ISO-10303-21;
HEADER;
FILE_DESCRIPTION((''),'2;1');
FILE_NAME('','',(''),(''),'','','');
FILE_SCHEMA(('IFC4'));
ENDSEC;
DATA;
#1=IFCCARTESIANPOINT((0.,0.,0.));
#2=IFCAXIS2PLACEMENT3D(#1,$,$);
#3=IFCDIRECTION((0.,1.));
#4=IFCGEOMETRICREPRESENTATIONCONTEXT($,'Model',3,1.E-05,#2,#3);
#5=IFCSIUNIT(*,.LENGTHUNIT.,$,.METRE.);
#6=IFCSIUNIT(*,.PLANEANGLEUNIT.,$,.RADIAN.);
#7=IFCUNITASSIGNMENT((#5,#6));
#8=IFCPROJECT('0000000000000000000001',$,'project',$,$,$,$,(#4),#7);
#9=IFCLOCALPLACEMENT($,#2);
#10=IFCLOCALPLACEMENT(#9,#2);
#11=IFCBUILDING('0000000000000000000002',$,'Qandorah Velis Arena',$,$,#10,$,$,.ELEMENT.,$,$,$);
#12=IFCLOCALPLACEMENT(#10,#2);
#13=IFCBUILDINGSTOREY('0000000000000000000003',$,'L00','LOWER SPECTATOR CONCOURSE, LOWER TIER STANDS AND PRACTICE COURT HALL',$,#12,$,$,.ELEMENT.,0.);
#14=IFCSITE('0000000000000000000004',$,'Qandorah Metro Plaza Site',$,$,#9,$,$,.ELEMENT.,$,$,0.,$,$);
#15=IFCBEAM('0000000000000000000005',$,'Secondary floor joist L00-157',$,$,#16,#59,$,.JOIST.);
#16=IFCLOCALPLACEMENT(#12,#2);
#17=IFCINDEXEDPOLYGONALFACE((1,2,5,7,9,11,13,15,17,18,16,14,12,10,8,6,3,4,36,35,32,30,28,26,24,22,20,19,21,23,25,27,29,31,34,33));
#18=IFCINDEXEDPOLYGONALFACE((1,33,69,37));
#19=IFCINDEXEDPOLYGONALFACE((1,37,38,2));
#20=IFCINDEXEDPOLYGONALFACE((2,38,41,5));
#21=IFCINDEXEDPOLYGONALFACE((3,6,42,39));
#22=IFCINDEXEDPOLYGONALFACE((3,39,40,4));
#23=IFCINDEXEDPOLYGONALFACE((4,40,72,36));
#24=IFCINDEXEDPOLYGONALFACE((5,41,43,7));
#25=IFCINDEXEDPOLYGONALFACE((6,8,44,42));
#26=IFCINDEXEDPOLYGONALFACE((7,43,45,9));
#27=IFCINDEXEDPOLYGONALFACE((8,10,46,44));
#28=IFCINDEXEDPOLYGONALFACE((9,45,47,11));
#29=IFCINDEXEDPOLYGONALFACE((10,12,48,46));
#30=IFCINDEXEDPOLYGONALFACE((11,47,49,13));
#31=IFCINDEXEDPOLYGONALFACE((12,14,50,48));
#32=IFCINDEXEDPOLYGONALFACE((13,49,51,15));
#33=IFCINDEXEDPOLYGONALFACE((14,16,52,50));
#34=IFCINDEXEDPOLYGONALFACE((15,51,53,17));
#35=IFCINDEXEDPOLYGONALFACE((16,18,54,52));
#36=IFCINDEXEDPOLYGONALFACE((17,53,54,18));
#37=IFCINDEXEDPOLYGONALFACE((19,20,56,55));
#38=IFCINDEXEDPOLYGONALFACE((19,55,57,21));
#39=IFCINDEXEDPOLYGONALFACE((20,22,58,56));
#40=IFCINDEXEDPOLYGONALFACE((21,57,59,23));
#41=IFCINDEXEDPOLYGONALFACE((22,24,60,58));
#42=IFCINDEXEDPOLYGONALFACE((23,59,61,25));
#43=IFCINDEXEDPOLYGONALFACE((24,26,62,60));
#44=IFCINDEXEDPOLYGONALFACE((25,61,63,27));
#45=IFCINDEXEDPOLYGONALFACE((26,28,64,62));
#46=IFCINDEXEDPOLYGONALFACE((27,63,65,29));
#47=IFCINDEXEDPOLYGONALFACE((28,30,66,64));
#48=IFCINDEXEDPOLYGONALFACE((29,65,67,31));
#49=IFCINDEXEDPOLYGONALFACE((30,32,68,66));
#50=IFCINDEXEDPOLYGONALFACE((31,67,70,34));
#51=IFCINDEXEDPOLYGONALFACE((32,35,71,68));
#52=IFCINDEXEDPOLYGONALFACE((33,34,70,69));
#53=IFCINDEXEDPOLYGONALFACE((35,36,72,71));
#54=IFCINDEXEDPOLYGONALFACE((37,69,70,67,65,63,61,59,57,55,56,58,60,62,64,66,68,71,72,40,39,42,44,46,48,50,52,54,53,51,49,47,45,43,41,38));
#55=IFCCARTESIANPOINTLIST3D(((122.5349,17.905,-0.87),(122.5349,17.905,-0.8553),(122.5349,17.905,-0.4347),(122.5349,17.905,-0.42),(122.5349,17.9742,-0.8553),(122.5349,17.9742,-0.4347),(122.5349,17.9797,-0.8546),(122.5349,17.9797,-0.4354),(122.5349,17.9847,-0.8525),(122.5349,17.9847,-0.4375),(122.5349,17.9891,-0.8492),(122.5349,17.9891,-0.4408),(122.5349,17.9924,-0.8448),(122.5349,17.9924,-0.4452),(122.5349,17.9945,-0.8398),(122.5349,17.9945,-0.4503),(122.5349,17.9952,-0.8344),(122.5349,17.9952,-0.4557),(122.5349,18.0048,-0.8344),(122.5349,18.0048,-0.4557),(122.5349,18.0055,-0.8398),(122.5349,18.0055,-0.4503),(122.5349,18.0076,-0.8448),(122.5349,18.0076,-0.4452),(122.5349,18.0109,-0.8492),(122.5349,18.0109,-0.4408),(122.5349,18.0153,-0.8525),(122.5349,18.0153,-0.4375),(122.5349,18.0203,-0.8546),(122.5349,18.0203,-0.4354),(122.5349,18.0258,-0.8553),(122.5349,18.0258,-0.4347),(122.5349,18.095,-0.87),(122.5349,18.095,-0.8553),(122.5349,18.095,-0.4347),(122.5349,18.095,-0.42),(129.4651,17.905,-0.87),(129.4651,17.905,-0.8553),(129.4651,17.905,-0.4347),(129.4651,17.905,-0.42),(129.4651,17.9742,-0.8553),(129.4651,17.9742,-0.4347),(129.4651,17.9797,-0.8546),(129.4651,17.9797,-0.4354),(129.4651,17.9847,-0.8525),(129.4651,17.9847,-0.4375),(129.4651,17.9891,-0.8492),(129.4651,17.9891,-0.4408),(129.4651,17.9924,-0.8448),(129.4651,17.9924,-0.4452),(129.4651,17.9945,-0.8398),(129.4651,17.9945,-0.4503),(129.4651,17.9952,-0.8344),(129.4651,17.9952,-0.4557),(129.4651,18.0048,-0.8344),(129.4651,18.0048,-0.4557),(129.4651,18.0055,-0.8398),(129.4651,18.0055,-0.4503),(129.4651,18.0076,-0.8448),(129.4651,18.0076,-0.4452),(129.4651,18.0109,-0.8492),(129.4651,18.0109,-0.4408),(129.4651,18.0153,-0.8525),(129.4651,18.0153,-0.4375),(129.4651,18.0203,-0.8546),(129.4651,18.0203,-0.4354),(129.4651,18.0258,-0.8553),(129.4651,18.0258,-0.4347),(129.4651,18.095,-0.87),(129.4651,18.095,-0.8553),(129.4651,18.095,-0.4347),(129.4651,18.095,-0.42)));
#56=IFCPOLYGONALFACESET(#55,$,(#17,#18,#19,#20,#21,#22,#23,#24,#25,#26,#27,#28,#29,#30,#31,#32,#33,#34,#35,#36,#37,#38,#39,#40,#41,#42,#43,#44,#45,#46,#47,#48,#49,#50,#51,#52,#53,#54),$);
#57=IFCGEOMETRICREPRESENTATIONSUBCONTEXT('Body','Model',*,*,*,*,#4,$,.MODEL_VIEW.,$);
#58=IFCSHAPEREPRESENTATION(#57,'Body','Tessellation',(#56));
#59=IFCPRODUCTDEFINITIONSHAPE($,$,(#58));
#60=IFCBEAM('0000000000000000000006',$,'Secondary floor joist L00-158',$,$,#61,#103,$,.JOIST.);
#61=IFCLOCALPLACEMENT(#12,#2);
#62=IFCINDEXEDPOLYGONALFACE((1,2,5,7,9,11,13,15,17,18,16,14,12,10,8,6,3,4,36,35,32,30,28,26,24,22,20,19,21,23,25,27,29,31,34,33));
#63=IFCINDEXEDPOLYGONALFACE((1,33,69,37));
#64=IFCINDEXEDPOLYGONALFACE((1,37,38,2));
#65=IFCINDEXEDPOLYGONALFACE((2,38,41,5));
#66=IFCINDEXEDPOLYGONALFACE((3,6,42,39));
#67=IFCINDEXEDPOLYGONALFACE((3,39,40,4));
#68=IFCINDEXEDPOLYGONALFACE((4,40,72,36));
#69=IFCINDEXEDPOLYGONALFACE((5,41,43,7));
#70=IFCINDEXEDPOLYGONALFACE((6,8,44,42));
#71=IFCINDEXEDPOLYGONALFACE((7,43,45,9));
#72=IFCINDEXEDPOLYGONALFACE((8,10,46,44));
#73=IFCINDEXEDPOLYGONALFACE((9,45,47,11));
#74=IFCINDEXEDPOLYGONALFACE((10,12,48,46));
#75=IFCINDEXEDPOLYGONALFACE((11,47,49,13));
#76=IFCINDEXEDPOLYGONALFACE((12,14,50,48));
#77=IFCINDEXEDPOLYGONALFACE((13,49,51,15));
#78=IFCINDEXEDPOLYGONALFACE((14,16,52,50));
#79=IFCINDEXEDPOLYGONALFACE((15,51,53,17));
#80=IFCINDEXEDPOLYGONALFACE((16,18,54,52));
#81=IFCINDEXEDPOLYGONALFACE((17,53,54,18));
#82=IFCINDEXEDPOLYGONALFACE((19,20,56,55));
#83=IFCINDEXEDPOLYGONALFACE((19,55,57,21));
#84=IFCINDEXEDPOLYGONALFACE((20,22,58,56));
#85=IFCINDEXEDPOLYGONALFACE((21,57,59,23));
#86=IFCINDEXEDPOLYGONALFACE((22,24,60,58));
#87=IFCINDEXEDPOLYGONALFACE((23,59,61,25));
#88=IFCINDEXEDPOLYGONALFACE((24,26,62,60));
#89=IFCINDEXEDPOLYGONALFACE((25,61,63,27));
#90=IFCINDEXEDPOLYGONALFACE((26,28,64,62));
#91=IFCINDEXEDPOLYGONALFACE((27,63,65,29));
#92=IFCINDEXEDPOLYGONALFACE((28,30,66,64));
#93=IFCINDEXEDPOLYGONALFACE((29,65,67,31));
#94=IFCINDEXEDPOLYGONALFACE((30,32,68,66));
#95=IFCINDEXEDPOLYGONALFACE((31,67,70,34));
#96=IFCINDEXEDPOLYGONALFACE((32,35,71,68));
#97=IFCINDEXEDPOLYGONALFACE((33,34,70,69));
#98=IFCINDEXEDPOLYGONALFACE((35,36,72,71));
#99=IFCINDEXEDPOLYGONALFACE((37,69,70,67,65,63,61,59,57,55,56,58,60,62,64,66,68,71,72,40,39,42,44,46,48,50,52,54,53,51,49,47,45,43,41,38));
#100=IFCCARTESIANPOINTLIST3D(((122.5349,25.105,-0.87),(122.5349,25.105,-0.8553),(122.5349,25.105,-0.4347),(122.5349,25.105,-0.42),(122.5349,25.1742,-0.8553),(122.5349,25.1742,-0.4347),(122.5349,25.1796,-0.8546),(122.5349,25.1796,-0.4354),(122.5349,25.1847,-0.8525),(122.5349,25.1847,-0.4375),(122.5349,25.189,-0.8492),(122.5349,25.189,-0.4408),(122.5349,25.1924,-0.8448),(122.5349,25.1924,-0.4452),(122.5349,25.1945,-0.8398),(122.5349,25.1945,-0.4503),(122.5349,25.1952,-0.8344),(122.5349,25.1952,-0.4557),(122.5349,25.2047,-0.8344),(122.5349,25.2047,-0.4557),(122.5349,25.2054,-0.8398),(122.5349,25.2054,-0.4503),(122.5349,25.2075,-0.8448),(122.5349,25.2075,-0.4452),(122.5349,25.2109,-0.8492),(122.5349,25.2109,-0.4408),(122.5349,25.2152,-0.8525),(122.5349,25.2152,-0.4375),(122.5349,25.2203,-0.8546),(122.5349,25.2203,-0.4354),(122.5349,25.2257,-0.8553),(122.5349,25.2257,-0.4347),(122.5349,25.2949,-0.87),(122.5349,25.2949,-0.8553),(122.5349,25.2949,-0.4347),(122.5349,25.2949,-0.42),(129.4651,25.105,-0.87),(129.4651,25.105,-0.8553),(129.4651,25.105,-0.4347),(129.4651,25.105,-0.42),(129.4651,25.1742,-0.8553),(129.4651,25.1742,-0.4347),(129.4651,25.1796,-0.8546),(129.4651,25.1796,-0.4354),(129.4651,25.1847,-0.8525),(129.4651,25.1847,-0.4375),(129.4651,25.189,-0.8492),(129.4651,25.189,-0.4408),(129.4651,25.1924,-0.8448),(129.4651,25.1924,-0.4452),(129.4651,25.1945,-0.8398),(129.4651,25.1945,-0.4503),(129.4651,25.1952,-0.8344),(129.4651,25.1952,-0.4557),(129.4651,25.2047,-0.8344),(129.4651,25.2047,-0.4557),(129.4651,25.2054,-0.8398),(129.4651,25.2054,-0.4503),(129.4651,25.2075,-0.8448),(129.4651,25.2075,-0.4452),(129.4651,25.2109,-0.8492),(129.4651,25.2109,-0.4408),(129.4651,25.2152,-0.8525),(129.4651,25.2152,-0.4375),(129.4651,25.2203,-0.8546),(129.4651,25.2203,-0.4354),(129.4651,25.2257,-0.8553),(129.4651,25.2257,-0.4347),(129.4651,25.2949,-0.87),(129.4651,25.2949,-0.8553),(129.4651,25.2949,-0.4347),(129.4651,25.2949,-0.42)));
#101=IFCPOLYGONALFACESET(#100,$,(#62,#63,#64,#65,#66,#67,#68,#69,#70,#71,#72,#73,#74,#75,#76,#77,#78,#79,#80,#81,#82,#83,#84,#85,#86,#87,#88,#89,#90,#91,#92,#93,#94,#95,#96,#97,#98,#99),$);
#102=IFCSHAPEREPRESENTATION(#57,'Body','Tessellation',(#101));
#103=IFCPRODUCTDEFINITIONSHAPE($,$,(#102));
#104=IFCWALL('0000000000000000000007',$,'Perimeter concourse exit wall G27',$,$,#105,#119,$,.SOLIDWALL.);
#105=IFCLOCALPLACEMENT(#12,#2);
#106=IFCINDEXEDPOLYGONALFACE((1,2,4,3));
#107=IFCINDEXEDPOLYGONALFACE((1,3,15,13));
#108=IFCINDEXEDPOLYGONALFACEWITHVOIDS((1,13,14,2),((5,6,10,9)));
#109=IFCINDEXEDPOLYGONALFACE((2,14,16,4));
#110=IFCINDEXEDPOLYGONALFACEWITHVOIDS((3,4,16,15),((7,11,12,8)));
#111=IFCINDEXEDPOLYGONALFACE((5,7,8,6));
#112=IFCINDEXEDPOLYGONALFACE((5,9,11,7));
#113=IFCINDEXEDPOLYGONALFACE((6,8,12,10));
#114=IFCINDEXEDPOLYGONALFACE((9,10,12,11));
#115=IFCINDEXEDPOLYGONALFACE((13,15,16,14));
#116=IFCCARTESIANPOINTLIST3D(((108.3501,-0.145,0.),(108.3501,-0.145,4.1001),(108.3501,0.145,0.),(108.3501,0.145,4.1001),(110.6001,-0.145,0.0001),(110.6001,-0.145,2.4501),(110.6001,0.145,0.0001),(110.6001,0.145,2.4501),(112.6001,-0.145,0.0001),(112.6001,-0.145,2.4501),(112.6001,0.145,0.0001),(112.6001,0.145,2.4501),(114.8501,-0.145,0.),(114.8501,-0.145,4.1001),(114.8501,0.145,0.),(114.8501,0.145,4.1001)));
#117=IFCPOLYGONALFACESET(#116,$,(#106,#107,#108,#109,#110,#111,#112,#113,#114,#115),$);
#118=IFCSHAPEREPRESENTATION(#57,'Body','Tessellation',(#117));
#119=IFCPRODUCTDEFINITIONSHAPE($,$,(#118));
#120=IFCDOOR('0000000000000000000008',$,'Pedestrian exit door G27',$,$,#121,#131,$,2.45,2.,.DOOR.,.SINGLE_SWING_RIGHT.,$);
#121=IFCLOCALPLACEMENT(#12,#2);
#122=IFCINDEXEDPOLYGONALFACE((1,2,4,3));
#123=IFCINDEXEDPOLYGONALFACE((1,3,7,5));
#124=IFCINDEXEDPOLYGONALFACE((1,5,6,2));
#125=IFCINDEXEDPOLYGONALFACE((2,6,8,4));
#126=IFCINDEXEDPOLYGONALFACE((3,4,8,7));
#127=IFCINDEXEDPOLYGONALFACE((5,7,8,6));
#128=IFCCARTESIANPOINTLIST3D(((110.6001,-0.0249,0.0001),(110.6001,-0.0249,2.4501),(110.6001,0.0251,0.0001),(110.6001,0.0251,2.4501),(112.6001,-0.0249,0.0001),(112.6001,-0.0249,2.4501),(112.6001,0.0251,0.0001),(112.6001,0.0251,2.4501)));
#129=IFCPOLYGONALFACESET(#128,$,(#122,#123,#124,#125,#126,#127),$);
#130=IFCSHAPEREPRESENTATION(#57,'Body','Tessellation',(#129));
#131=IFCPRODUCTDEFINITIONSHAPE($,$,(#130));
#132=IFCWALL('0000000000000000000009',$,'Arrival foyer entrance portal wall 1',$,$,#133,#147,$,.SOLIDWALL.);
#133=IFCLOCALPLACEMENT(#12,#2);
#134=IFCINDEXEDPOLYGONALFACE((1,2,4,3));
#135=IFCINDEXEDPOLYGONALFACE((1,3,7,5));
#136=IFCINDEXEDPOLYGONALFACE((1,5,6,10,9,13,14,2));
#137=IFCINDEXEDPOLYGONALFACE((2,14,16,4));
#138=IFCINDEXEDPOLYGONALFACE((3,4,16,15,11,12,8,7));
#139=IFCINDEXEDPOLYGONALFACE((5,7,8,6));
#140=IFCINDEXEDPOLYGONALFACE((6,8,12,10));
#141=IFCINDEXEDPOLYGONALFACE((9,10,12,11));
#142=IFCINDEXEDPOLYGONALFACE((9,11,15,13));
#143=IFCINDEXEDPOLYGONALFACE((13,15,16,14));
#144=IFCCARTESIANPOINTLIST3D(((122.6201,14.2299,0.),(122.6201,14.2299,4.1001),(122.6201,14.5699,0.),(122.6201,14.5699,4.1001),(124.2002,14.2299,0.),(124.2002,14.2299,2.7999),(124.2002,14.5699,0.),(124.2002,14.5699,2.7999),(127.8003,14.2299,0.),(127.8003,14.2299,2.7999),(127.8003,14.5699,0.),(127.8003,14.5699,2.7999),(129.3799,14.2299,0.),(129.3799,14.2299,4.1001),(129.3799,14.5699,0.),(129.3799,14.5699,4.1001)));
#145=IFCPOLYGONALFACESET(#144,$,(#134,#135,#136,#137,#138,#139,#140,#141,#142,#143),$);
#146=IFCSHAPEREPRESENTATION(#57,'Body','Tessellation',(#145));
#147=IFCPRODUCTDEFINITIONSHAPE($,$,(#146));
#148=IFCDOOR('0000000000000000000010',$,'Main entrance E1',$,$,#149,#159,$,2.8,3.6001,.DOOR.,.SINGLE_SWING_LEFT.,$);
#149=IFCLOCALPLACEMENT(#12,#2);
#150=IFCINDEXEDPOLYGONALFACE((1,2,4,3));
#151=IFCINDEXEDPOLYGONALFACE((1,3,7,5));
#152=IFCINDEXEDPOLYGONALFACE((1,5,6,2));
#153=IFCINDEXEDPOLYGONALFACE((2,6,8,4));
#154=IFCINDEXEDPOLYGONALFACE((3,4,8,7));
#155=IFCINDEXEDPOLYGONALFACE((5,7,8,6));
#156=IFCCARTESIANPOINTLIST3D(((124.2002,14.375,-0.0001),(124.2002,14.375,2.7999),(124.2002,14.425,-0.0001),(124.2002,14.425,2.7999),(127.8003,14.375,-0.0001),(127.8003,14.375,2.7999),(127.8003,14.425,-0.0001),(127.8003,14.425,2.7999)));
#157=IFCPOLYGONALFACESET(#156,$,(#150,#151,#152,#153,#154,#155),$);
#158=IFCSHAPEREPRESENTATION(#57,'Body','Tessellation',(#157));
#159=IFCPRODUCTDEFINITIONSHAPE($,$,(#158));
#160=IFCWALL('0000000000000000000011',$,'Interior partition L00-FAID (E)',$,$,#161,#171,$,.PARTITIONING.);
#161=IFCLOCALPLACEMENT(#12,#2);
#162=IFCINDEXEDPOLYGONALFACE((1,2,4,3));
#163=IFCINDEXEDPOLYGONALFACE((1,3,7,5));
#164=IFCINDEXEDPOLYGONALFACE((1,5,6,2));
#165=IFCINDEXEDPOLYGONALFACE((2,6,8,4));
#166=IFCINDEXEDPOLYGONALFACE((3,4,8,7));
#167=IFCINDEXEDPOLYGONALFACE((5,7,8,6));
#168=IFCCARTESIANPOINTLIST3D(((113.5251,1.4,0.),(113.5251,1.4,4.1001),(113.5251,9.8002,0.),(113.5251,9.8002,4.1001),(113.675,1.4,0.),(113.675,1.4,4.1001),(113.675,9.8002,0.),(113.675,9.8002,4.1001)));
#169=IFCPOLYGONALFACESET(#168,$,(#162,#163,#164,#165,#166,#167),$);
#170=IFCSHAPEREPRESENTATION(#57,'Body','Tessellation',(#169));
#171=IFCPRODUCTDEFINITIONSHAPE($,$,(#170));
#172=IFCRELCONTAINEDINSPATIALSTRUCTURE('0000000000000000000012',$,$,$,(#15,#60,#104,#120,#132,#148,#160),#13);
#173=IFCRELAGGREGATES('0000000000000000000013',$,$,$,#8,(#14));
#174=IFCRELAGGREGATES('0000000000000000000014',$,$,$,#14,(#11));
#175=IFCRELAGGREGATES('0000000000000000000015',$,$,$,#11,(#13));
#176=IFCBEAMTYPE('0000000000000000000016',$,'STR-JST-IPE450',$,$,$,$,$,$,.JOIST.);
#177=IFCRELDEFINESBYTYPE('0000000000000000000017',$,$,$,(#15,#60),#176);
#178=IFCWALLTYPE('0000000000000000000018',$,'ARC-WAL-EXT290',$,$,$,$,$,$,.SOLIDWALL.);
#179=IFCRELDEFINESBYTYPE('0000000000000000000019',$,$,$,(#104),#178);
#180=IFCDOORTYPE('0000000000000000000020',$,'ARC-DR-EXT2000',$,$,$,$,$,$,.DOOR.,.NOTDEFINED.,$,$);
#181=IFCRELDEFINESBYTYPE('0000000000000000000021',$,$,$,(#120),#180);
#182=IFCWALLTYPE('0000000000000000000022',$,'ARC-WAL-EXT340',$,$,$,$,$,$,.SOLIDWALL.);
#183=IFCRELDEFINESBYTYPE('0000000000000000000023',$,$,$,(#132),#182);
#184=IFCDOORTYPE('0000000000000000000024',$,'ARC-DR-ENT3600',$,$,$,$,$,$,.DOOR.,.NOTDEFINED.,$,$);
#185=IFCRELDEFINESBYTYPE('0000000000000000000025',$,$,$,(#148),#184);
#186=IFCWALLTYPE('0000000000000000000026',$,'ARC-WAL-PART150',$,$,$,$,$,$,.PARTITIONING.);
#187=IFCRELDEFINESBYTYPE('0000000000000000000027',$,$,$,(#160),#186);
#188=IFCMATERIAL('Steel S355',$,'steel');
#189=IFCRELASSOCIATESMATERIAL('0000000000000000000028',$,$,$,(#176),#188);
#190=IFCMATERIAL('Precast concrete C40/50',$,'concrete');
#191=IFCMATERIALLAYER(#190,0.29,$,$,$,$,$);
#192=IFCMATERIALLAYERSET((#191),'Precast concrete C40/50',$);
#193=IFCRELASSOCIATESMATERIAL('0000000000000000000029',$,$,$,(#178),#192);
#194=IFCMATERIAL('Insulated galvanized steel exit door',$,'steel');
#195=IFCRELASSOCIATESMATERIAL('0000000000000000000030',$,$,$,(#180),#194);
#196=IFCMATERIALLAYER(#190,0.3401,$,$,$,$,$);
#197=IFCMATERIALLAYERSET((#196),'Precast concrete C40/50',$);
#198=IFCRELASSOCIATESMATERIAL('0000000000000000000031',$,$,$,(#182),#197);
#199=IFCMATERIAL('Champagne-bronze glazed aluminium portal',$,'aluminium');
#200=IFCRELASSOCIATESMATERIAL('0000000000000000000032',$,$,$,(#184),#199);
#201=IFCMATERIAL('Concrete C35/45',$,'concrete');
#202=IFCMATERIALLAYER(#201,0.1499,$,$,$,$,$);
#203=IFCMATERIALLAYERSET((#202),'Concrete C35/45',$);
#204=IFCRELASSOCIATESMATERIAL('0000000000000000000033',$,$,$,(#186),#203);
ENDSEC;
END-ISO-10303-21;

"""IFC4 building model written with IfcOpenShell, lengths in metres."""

from ifc_helpers import new_model, si_unit, direction, frame, frame_2d, origin, origin_2d, place, context, subcontext, project, spatial, rectangle, i_section, extrude, material, layer, layer_set, material_profile, profile_set, type_object, element, fill, save


model = new_model("IFC4")

# Units and contexts
model_context = context("Model", 3, precision=1e-05, world=origin(), true_north=direction((0.0, 1.0)))
body_context = subcontext(model_context, "Body", "Model", "MODEL_VIEW")
ifc_project = project(units=[si_unit("LENGTHUNIT", "METRE"), si_unit("PLANEANGLEUNIT", "RADIAN")], contexts=[model_context])

# Site, building, storey
site_placement = place(None, origin())
site = spatial("IfcSite", under=ifc_project, at=site_placement, Name="Qandorah Metro Plaza Site", CompositionType="ELEMENT", RefElevation=0.0)
building_placement = place(site_placement, origin())
building = spatial("IfcBuilding", under=site, at=building_placement, Name="Qandorah Velis Arena", CompositionType="ELEMENT")
storey_placement = place(building_placement, origin())
storey = spatial("IfcBuildingStorey", under=building, at=storey_placement, Name="L00", Description="LOWER SPECTATOR CONCOURSE, LOWER TIER STANDS AND PRACTICE COURT HALL", CompositionType="ELEMENT", Elevation=0.0)

# Beams
ifc_material_1 = material(Name="Steel S355", Category="steel")
ifc_material_profile_1 = material_profile(ifc_material_1, i_section(OverallWidth=0.1899, OverallDepth=0.45, WebThickness=0.0095, FlangeThickness=0.0146, FilletRadius=0.021, at=origin_2d()), Name="IPE 450")
ifc_profile_set_1 = profile_set([ifc_material_profile_1], Name="Steel S355")
beam_type_1 = type_object("IfcBeamType", Name="STR-JST-IPE450", PredefinedType="JOIST", material=ifc_profile_set_1)
for number, where, z_axis, x_axis, name in (
    (1, (122.5349, 18.0, -0.645), (1.0, 0.0, 0.0), (0.0, 1.0, 0.0), "Secondary floor joist L00-157"),
    (2, (122.5349, 25.2, -0.645), (1.0, 0.0, 0.0), (0.0, 1.0, 0.0), "Secondary floor joist L00-158"),
):
    element("IfcBeam", number, at=place(storey_placement, frame(where, z_axis=z_axis, x_axis=x_axis)), inside=storey, type_object=beam_type_1, Name=name, PredefinedType="JOIST", context=body_context, shape_type="SweptSolid", body=[
        extrude(i_section(OverallWidth=0.1899, OverallDepth=0.45, WebThickness=0.0095, FlangeThickness=0.0146, FilletRadius=0.021, at=origin_2d()), origin(), (0.0, 0.0, 1.0), 6.9302),
    ])

# Walls, openings, doors
ifc_material_2 = material(Name="Precast concrete C40/50", Category="concrete")
ifc_layer_1 = layer(ifc_material_2, 0.29)
ifc_layer_set_1 = layer_set([ifc_layer_1], Name="Precast concrete C40/50")
wall_type_1 = type_object("IfcWallType", Name="ARC-WAL-EXT290", PredefinedType="SOLIDWALL", material=ifc_layer_set_1)
wall_1_placement = place(storey_placement, frame((108.3501, 0.0, 0.0), z_axis=(0.0, 0.0, 1.0), x_axis=(1.0, 0.0, 0.0)))
wall_1 = element("IfcWall", 3, at=wall_1_placement, inside=storey, type_object=wall_type_1, Name="Perimeter concourse exit wall G27", PredefinedType="SOLIDWALL", context=body_context, shape_type="SweptSolid", body=[
    extrude(rectangle(XDim=6.5, YDim=0.29, at=frame_2d((3.25, 0.0))), origin(), (0.0, 0.0, 1.0), 4.1001),
])
opening_1_placement = place(wall_1_placement, frame((2.25, 0.0, 0.0)))
opening_1 = element("IfcOpeningElement", 4, at=opening_1_placement, cuts=wall_1, PredefinedType="OPENING", context=body_context, shape_type="SweptSolid", body=[
    extrude(rectangle(XDim=2.0, YDim=2.45, at=frame_2d((1.0, 1.2251))), frame((0.0, 0.155, 0.0), z_axis=(0.0, -1.0, 0.0), x_axis=(1.0, 0.0, 0.0)), (0.0, 0.0, 1.0), 0.3101),
])
ifc_material_3 = material(Name="Insulated galvanized steel exit door", Category="steel")
door_type_1 = type_object("IfcDoorType", Name="ARC-DR-EXT2000", OperationType="NOTDEFINED", PredefinedType="DOOR", material=ifc_material_3)
door_1_placement = place(opening_1_placement, frame((2.0, 0.0, 0.0), z_axis=(0.0, 0.0, 1.0), x_axis=(-1.0, 0.0, 0.0)))
door_1 = element("IfcDoor", 5, at=door_1_placement, inside=storey, type_object=door_type_1, Name="Pedestrian exit door G27", OperationType="SINGLE_SWING_RIGHT", OverallHeight=2.45, OverallWidth=2.0, PredefinedType="DOOR", context=body_context, shape_type="SweptSolid", body=[
    extrude(rectangle(XDim=2.0, YDim=2.45, at=frame_2d((1.0, 1.2251))), frame((0.0, 0.0249, 0.0), z_axis=(0.0, -1.0, 0.0), x_axis=(1.0, 0.0, 0.0)), (0.0, 0.0, 1.0), 0.05),
])
fill(opening_1, door_1)
ifc_layer_2 = layer(ifc_material_2, 0.3401)
ifc_layer_set_2 = layer_set([ifc_layer_2], Name="Precast concrete C40/50")
wall_type_2 = type_object("IfcWallType", Name="ARC-WAL-EXT340", PredefinedType="SOLIDWALL", material=ifc_layer_set_2)
wall_2_placement = place(storey_placement, frame((122.6201, 14.3999, 0.0), z_axis=(0.0, 0.0, 1.0), x_axis=(1.0, 0.0, 0.0)))
wall_2 = element("IfcWall", 6, at=wall_2_placement, inside=storey, type_object=wall_type_2, Name="Arrival foyer entrance portal wall 1", PredefinedType="SOLIDWALL", context=body_context, shape_type="SweptSolid", body=[
    extrude(rectangle(XDim=6.7598, YDim=0.3401, at=frame_2d((3.3799, 0.0))), origin(), (0.0, 0.0, 1.0), 4.1001),
])
opening_2_placement = place(wall_2_placement, frame((1.5801, 0.0, 0.0)))
opening_2 = element("IfcOpeningElement", 7, at=opening_2_placement, cuts=wall_2, PredefinedType="OPENING", context=body_context, shape_type="SweptSolid", body=[
    extrude(rectangle(XDim=3.6001, YDim=2.8, at=frame_2d((1.8, 1.3999))), frame((0.0, 0.1802, 0.0), z_axis=(0.0, -1.0, 0.0), x_axis=(1.0, 0.0, 0.0)), (0.0, 0.0, 1.0), 0.3601),
])
ifc_material_4 = material(Name="Champagne-bronze glazed aluminium portal", Category="aluminium")
door_type_2 = type_object("IfcDoorType", Name="ARC-DR-ENT3600", OperationType="NOTDEFINED", PredefinedType="DOOR", material=ifc_material_4)
door_2_placement = place(opening_2_placement, frame((3.6001, 0.0, 0.0), z_axis=(0.0, 0.0, 1.0), x_axis=(-1.0, 0.0, 0.0)))
door_2 = element("IfcDoor", 8, at=door_2_placement, inside=storey, type_object=door_type_2, Name="Main entrance E1", OperationType="SINGLE_SWING_LEFT", OverallHeight=2.8, OverallWidth=3.6001, PredefinedType="DOOR", context=body_context, shape_type="SweptSolid", body=[
    extrude(rectangle(XDim=3.6001, YDim=2.8, at=frame_2d((1.8, 1.3999))), frame((0.0, 0.0249, 0.0), z_axis=(0.0, -1.0, 0.0), x_axis=(1.0, 0.0, 0.0)), (0.0, 0.0, 1.0), 0.05),
])
fill(opening_2, door_2)

# Wall
ifc_material_5 = material(Name="Concrete C35/45", Category="concrete")
ifc_layer_3 = layer(ifc_material_5, 0.1499)
ifc_layer_set_3 = layer_set([ifc_layer_3], Name="Concrete C35/45")
wall_type_3 = type_object("IfcWallType", Name="ARC-WAL-PART150", PredefinedType="PARTITIONING", material=ifc_layer_set_3)
wall_3_placement = place(storey_placement, frame((113.6001, 1.3999, 0.0), z_axis=(0.0, 0.0, 1.0), x_axis=(0.0, 1.0, 0.0)))
element("IfcWall", 9, at=wall_3_placement, inside=storey, type_object=wall_type_3, Name="Interior partition L00-FAID (E)", PredefinedType="PARTITIONING", context=body_context, shape_type="SweptSolid", body=[
    extrude(rectangle(XDim=8.4001, YDim=0.1499, at=frame_2d((4.2002, 0.0))), origin(), (0.0, 0.0, 1.0), 4.1001),
])

save(model, "model.ifc")
